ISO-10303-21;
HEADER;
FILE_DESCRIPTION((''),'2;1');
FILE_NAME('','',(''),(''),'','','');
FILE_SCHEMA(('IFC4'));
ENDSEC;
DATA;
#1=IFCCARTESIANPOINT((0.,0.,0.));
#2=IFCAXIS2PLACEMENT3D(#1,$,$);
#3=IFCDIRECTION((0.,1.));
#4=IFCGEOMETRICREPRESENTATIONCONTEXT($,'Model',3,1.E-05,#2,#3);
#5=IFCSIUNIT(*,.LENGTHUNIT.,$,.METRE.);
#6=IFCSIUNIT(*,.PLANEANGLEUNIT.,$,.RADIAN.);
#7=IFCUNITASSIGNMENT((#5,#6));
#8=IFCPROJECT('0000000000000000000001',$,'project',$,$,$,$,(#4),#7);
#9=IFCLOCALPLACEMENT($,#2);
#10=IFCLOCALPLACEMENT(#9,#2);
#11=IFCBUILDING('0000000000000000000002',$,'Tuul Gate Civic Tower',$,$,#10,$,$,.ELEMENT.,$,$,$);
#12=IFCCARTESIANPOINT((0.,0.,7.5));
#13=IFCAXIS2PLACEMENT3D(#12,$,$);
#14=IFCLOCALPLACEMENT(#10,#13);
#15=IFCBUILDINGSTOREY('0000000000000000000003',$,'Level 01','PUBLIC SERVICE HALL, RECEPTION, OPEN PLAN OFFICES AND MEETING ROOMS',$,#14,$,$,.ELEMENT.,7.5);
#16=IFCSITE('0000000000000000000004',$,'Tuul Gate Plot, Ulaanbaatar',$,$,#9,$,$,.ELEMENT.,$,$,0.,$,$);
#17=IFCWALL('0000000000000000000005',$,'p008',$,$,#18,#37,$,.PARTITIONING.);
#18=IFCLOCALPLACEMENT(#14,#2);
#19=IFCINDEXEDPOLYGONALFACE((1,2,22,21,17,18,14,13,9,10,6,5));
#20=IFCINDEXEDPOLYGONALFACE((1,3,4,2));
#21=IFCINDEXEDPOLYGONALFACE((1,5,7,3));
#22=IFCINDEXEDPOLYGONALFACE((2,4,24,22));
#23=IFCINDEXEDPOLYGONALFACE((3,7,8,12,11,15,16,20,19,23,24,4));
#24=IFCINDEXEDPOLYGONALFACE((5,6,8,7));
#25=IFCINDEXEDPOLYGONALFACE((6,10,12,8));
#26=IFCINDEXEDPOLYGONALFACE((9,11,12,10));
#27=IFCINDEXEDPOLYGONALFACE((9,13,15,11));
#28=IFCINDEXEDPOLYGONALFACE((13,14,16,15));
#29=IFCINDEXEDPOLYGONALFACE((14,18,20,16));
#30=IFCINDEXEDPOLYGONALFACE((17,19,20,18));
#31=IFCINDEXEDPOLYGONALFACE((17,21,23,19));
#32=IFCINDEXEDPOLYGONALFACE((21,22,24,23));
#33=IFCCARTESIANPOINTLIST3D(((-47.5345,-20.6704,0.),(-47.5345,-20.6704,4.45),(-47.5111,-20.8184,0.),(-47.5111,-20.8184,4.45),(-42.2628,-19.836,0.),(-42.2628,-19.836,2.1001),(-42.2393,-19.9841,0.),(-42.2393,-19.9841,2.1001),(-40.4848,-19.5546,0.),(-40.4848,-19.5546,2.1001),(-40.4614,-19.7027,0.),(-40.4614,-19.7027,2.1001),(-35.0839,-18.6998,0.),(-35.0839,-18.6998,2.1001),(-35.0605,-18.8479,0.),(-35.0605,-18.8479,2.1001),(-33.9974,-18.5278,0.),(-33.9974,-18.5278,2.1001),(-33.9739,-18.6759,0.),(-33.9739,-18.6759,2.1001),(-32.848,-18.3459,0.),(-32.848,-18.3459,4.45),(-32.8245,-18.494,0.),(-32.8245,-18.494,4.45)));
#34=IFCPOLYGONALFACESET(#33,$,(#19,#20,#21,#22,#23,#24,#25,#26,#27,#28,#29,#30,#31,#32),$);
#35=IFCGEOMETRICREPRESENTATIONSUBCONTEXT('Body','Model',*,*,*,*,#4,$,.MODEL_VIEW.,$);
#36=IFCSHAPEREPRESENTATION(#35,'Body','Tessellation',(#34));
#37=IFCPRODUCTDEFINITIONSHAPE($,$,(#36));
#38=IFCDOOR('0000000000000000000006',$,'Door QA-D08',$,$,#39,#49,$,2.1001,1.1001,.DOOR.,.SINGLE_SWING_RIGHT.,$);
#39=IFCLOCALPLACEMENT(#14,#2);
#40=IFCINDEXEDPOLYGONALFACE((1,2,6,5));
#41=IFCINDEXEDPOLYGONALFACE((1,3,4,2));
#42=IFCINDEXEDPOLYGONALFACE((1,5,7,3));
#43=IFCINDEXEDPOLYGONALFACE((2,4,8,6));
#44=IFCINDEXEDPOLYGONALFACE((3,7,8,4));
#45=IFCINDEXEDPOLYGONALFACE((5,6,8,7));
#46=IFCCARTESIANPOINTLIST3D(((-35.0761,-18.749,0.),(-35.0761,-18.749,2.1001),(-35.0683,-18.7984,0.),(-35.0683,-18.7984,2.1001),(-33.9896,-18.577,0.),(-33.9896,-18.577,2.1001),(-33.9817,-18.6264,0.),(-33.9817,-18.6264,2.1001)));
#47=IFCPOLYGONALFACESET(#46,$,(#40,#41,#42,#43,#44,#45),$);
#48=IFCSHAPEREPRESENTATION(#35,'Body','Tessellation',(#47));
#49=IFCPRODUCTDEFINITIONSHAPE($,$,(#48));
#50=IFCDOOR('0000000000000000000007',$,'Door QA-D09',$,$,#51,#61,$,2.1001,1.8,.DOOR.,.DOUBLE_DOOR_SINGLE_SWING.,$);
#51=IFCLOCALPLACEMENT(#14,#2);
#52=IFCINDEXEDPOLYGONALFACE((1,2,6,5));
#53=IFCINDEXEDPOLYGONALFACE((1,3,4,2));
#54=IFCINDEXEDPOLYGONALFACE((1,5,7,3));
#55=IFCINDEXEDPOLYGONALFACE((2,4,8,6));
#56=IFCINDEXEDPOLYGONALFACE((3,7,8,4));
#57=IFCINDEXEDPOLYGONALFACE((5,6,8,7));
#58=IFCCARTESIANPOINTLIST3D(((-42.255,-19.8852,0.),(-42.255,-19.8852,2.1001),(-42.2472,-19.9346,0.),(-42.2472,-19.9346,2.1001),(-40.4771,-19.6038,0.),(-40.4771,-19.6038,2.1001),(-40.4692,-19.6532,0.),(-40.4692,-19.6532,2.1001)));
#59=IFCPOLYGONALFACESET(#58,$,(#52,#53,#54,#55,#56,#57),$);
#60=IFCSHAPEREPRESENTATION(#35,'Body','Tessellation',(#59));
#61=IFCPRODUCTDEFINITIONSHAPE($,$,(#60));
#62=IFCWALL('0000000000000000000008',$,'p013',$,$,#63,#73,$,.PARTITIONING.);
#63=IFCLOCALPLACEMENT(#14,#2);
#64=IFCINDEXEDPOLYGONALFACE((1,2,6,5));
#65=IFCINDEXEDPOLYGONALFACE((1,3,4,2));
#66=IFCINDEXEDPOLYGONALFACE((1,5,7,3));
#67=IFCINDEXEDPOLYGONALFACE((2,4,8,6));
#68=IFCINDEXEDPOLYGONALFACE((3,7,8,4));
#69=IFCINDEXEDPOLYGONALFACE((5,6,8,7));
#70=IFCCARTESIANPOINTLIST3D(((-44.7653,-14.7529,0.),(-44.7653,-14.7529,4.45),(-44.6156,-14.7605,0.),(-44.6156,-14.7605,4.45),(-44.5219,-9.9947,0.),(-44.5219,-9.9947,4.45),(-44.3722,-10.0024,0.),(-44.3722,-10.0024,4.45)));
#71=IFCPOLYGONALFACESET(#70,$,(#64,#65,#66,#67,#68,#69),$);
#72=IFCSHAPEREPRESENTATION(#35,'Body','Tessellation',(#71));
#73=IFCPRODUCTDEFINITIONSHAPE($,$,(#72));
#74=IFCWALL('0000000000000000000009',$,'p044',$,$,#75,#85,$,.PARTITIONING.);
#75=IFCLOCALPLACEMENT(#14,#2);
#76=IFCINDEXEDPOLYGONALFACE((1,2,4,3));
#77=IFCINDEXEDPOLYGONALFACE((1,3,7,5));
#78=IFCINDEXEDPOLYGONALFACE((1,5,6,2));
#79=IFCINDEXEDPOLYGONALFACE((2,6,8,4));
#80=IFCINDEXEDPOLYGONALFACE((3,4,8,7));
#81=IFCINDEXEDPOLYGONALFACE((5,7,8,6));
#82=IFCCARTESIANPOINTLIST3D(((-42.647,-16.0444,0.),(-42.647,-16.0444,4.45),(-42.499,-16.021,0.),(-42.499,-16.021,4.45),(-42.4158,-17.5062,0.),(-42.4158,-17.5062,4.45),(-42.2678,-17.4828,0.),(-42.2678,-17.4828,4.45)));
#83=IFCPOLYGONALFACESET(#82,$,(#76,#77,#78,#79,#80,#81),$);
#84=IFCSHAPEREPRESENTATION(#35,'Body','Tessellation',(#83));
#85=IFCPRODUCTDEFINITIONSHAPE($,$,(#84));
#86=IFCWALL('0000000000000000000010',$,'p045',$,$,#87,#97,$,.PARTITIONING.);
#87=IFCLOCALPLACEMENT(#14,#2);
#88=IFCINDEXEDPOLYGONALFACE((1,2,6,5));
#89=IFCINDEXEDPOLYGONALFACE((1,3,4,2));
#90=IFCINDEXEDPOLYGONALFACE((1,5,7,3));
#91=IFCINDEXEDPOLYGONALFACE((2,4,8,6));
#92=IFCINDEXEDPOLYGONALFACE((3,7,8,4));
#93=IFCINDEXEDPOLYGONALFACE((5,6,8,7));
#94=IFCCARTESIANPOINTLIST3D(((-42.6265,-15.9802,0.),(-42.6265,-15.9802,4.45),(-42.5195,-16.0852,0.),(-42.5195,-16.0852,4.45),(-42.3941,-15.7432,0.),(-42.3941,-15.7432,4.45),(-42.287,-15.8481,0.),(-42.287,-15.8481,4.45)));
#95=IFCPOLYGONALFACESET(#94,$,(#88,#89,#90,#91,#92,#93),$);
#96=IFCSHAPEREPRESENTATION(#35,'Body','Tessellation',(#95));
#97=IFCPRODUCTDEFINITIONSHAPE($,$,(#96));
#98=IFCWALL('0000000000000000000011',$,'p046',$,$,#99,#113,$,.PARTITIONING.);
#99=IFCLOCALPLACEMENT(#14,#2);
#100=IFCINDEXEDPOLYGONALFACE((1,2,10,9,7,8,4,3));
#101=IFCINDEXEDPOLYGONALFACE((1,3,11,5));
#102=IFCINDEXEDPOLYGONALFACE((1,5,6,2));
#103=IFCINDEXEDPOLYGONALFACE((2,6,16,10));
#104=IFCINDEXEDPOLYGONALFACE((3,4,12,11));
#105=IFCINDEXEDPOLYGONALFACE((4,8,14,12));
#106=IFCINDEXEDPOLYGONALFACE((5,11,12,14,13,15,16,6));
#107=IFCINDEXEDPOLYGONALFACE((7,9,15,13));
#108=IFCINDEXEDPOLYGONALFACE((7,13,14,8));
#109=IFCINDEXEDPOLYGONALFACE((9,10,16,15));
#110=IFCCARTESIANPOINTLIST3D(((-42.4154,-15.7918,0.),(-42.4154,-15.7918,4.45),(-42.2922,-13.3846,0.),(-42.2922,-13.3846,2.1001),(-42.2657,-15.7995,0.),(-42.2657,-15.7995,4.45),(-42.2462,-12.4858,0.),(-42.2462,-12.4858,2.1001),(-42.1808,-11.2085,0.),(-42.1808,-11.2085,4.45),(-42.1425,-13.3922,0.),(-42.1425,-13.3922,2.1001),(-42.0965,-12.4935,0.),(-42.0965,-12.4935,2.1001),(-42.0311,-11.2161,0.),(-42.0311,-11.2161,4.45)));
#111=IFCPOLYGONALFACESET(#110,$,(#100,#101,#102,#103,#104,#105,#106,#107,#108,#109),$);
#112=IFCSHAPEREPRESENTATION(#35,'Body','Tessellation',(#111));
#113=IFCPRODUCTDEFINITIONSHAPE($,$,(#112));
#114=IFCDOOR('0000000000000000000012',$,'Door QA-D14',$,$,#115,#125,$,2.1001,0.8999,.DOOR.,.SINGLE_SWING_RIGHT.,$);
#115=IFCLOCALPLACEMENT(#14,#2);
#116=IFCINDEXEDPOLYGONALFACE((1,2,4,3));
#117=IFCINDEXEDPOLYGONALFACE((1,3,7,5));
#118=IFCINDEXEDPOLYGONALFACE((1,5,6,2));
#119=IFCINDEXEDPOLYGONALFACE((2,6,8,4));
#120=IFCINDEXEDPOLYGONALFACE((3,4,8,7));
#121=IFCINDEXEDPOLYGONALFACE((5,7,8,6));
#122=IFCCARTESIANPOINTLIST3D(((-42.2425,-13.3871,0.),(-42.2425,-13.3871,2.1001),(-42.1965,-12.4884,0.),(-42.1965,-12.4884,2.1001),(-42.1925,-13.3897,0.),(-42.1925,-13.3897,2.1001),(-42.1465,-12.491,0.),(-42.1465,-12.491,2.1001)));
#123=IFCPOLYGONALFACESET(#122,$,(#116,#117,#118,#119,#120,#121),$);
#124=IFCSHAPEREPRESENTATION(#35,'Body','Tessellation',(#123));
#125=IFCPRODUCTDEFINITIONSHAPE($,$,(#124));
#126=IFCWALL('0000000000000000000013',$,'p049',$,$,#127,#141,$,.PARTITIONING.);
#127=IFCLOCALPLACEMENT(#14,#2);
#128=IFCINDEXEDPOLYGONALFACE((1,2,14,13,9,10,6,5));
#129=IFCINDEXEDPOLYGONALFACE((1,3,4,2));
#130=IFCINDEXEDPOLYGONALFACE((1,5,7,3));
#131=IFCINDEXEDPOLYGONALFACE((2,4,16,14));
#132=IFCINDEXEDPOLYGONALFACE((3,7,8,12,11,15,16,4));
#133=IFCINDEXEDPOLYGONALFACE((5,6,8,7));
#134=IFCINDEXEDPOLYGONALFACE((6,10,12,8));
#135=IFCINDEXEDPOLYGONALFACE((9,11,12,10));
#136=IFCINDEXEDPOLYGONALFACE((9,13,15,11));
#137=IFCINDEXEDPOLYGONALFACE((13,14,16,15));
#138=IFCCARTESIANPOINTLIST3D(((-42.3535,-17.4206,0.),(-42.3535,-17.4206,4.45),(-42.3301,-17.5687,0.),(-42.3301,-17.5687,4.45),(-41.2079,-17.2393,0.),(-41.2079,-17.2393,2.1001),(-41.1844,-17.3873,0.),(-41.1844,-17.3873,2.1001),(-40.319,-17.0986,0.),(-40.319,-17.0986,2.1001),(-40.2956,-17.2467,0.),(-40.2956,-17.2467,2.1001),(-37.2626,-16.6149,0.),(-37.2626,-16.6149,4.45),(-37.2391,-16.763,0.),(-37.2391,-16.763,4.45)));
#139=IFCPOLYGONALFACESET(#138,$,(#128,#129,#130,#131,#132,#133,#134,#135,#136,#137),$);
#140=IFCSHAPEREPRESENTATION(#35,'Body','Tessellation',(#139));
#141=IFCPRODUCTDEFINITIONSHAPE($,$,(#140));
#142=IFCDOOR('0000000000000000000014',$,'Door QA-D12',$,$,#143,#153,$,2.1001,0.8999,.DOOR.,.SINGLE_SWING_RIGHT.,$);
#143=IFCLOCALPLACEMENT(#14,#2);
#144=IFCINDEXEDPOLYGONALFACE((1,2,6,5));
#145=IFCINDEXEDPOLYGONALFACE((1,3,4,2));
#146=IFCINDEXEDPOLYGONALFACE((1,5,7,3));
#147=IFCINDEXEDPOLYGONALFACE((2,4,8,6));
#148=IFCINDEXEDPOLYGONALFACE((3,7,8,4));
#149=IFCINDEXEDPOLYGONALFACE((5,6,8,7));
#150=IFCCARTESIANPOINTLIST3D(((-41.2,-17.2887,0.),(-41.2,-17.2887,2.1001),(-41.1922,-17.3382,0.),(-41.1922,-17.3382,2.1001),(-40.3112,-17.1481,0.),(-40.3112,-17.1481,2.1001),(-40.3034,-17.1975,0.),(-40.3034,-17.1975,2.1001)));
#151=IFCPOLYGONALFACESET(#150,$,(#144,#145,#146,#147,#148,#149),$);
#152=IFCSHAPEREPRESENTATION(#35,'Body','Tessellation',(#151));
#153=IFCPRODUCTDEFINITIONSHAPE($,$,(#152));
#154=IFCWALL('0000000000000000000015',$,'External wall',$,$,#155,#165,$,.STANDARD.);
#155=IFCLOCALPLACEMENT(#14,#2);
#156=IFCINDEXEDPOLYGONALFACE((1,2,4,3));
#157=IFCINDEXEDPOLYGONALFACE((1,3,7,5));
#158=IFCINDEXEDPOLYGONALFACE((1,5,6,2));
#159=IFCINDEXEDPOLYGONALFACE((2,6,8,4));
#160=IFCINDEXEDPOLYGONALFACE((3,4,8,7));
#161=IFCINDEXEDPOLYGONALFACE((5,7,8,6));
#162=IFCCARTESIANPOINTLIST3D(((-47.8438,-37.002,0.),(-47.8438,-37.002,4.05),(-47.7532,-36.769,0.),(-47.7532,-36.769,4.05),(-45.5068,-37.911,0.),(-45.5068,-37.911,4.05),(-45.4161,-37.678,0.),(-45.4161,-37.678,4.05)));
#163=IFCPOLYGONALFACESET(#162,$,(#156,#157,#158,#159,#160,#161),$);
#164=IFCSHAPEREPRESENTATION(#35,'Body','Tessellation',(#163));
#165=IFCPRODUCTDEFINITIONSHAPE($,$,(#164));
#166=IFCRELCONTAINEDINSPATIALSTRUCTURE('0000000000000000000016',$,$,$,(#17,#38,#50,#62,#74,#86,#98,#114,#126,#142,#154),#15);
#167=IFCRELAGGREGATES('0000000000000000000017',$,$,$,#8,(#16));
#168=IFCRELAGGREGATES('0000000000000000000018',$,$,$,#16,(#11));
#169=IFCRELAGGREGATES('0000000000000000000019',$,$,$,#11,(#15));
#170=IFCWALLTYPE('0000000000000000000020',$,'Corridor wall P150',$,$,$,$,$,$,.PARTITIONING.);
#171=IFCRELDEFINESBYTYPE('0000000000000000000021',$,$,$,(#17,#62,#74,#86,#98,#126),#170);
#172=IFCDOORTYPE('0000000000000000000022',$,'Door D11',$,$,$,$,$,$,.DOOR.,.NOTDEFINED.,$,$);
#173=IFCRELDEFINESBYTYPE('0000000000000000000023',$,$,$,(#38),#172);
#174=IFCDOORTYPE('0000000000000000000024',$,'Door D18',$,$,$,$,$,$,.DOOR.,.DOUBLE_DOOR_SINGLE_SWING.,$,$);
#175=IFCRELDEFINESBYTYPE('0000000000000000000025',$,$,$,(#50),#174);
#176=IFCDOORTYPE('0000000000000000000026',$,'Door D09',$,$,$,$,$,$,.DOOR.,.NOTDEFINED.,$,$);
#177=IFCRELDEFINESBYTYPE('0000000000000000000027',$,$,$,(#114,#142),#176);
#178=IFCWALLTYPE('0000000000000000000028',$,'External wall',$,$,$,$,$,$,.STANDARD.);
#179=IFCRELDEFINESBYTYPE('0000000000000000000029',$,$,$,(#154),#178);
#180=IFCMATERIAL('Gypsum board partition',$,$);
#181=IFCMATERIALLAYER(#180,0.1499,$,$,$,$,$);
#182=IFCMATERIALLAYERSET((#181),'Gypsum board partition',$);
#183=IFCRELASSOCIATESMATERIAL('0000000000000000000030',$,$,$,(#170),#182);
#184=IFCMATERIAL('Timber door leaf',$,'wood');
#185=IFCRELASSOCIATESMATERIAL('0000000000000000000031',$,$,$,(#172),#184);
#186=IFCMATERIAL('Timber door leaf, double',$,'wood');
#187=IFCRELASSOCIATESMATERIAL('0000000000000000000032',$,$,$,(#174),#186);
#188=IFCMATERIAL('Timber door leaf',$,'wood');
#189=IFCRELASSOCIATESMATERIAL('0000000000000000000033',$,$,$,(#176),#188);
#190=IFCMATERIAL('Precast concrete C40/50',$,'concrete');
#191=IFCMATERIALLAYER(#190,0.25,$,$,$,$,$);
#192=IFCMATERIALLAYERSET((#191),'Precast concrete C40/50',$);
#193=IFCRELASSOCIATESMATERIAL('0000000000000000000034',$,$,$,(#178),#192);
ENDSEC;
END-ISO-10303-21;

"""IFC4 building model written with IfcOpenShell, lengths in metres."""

from ifc_helpers import new_model, si_unit, direction, frame, frame_2d, origin, place, context, subcontext, project, spatial, rectangle, extrude, material, layer, layer_set, type_object, element, fill, save


model = new_model("IFC4")

# Units and contexts
model_context = context("Model", 3, precision=1e-05, world=origin(), true_north=direction((0.0, 1.0)))
body_context = subcontext(model_context, "Body", "Model", "MODEL_VIEW")
ifc_project = project(units=[si_unit("LENGTHUNIT", "METRE"), si_unit("PLANEANGLEUNIT", "RADIAN")], contexts=[model_context])

# Site, building, storey
site_placement = place(None, origin())
site = spatial("IfcSite", under=ifc_project, at=site_placement, Name="Tuul Gate Plot, Ulaanbaatar", CompositionType="ELEMENT", RefElevation=0.0)
building_placement = place(site_placement, origin())
building = spatial("IfcBuilding", under=site, at=building_placement, Name="Tuul Gate Civic Tower", CompositionType="ELEMENT")
storey_placement = place(building_placement, frame((0.0, 0.0, 7.5)))
storey = spatial("IfcBuildingStorey", under=building, at=storey_placement, Name="Level 01", Description="PUBLIC SERVICE HALL, RECEPTION, OPEN PLAN OFFICES AND MEETING ROOMS", CompositionType="ELEMENT", Elevation=7.5)

# Shared definitions
ifc_material_1 = material(Name="Gypsum board partition")
ifc_layer_1 = layer(ifc_material_1, 0.1499)
ifc_layer_set_1 = layer_set([ifc_layer_1], Name="Gypsum board partition")
wall_type_1 = type_object("IfcWallType", Name="Corridor wall P150", PredefinedType="PARTITIONING", material=ifc_layer_set_1)

# Wall, openings, doors
wall_1_placement = place(storey_placement, frame((-47.5227, -20.7444, 0.0), z_axis=(0.0, 0.0, 1.0), x_axis=(0.987706, 0.156326, 0.0)))
wall_1 = element("IfcWall", 1, at=wall_1_placement, inside=storey, type_object=wall_type_1, Name="p008", PredefinedType="PARTITIONING", context=body_context, shape_type="SweptSolid", body=[
    extrude(rectangle(XDim=14.8694, YDim=0.1499, at=frame_2d((7.4346, 0.0))), origin(), (0.0, 0.0, 1.0), 4.45),
])
opening_1_placement = place(wall_1_placement, frame((12.6055, 0.0, 0.0)))
opening_1 = element("IfcOpeningElement", 2, at=opening_1_placement, cuts=wall_1, PredefinedType="OPENING", context=body_context, shape_type="SweptSolid", body=[
    extrude(rectangle(XDim=1.1001, YDim=2.1001, at=frame_2d((0.55, 1.05))), frame((0.0, 0.085, 0.0), z_axis=(0.0, -1.0, 0.0), x_axis=(1.0, 0.0, 0.0)), (0.0, 0.0, 1.0), 0.1699),
])
opening_2_placement = place(wall_1_placement, frame((5.3374, 0.0, 0.0)))
opening_2 = element("IfcOpeningElement", 3, at=opening_2_placement, cuts=wall_1, PredefinedType="OPENING", context=body_context, shape_type="SweptSolid", body=[
    extrude(rectangle(XDim=1.8, YDim=2.1001, at=frame_2d((0.8999, 1.05))), frame((0.0, 0.085, 0.0), z_axis=(0.0, -1.0, 0.0), x_axis=(1.0, 0.0, 0.0)), (0.0, 0.0, 1.0), 0.1699),
])
ifc_material_2 = material(Name="Timber door leaf", Category="wood")
door_type_1 = type_object("IfcDoorType", Name="Door D11", OperationType="NOTDEFINED", PredefinedType="DOOR", material=ifc_material_2)
door_1_placement = place(opening_1_placement, frame((1.1001, 0.0, 0.0), z_axis=(0.0, 0.0, 1.0), x_axis=(-1.0, 0.0, 0.0)))
door_1 = element("IfcDoor", 4, at=door_1_placement, inside=storey, type_object=door_type_1, Name="Door QA-D08", OperationType="SINGLE_SWING_RIGHT", OverallHeight=2.1001, OverallWidth=1.1001, PredefinedType="DOOR", context=body_context, shape_type="SweptSolid", body=[
    extrude(rectangle(XDim=1.1001, YDim=2.1001, at=frame_2d((0.55, 1.05))), frame((0.0, 0.0249, 0.0), z_axis=(0.0, -1.0, 0.0), x_axis=(1.0, 0.0, 0.0)), (0.0, 0.0, 1.0), 0.05),
])
fill(opening_1, door_1)
ifc_material_3 = material(Name="Timber door leaf, double", Category="wood")
door_type_2 = type_object("IfcDoorType", Name="Door D18", OperationType="DOUBLE_DOOR_SINGLE_SWING", PredefinedType="DOOR", material=ifc_material_3)
door_2_placement = place(opening_2_placement, frame((1.8, 0.0, 0.0), z_axis=(0.0, 0.0, 1.0), x_axis=(-1.0, 0.0, 0.0)))
door_2 = element("IfcDoor", 5, at=door_2_placement, inside=storey, type_object=door_type_2, Name="Door QA-D09", OperationType="DOUBLE_DOOR_SINGLE_SWING", OverallHeight=2.1001, OverallWidth=1.8, PredefinedType="DOOR", context=body_context, shape_type="SweptSolid", body=[
    extrude(rectangle(XDim=1.8, YDim=2.1001, at=frame_2d((0.9001, 1.05))), frame((0.0, 0.0249, 0.0), z_axis=(0.0, -1.0, 0.0), x_axis=(1.0, 0.0, 0.0)), (0.0, 0.0, 1.0), 0.05),
])
fill(opening_2, door_2)

# Walls
wall_2_placement = place(storey_placement, frame((-44.6904, -14.7568, 0.0), z_axis=(0.0, 0.0, 1.0), x_axis=(0.051088, 0.998694, 0.0)))
element("IfcWall", 6, at=wall_2_placement, inside=storey, type_object=wall_type_1, Name="p013", PredefinedType="PARTITIONING", context=body_context, shape_type="SweptSolid", body=[
    extrude(rectangle(XDim=4.7644, YDim=0.1499, at=frame_2d((2.3823, 0.0))), origin(), (0.0, 0.0, 1.0), 4.45),
])
wall_3_placement = place(storey_placement, frame((-42.573, -16.0327, 0.0), z_axis=(0.0, 0.0, 1.0), x_axis=(0.156208, -0.987724, 0.0)))
element("IfcWall", 7, at=wall_3_placement, inside=storey, type_object=wall_type_1, Name="p044", PredefinedType="PARTITIONING", context=body_context, shape_type="SweptSolid", body=[
    extrude(rectangle(XDim=1.48, YDim=0.1499, at=frame_2d((0.74, 0.0))), origin(), (0.0, 0.0, 1.0), 4.45),
])
wall_4_placement = place(storey_placement, frame((-42.573, -16.0327, 0.0), z_axis=(0.0, 0.0, 1.0), x_axis=(0.700086, 0.714058, 0.0)))
element("IfcWall", 8, at=wall_4_placement, inside=storey, type_object=wall_type_1, Name="p045", PredefinedType="PARTITIONING", context=body_context, shape_type="SweptSolid", body=[
    extrude(rectangle(XDim=0.332, YDim=0.1499, at=frame_2d((0.166, 0.0))), origin(), (0.0, 0.0, 1.0), 4.45),
])

# Walls, openings, doors
wall_5_placement = place(storey_placement, frame((-42.3406, -15.7957, 0.0), z_axis=(0.0, 0.0, 1.0), x_axis=(0.051124, 0.998692, 0.0)))
wall_5 = element("IfcWall", 9, at=wall_5_placement, inside=storey, type_object=wall_type_1, Name="p046", PredefinedType="PARTITIONING", context=body_context, shape_type="SweptSolid", body=[
    extrude(rectangle(XDim=4.5894, YDim=0.1499, at=frame_2d((2.2947, 0.0))), origin(), (0.0, 0.0, 1.0), 4.45),
])
opening_3_placement = place(wall_5_placement, frame((2.4104, 0.0, 0.0)))
opening_3 = element("IfcOpeningElement", 10, at=opening_3_placement, cuts=wall_5, PredefinedType="OPENING", context=body_context, shape_type="SweptSolid", body=[
    extrude(rectangle(XDim=0.8999, YDim=2.1001, at=frame_2d((0.45, 1.05))), frame((0.0, 0.085, 0.0), z_axis=(0.0, -1.0, 0.0), x_axis=(1.0, 0.0, 0.0)), (0.0, 0.0, 1.0), 0.1699),
])
ifc_material_4 = material(Name="Timber door leaf", Category="wood")
door_type_3 = type_object("IfcDoorType", Name="Door D09", OperationType="NOTDEFINED", PredefinedType="DOOR", material=ifc_material_4)
door_3_placement = place(opening_3_placement, frame((0.8999, 0.0, 0.0), z_axis=(0.0, 0.0, 1.0), x_axis=(-1.0, 0.0, 0.0)))
door_3 = element("IfcDoor", 11, at=door_3_placement, inside=storey, type_object=door_type_3, Name="Door QA-D14", OperationType="SINGLE_SWING_RIGHT", OverallHeight=2.1001, OverallWidth=0.8999, PredefinedType="DOOR", context=body_context, shape_type="SweptSolid", body=[
    extrude(rectangle(XDim=0.8999, YDim=2.1001, at=frame_2d((0.45, 1.05))), frame((0.0, 0.0249, 0.0), z_axis=(0.0, -1.0, 0.0), x_axis=(1.0, 0.0, 0.0)), (0.0, 0.0, 1.0), 0.05),
])
fill(opening_3, door_3)
wall_6_placement = place(storey_placement, frame((-42.3418, -17.4946, 0.0), z_axis=(0.0, 0.0, 1.0), x_axis=(0.987708, 0.156313, 0.0)))
wall_6 = element("IfcWall", 12, at=wall_6_placement, inside=storey, type_object=wall_type_1, Name="p049", PredefinedType="PARTITIONING", context=body_context, shape_type="SweptSolid", body=[
    extrude(rectangle(XDim=5.1543, YDim=0.1499, at=frame_2d((2.5771, 0.0))), origin(), (0.0, 0.0, 1.0), 4.45),
])
opening_4_placement = place(wall_6_placement, frame((1.1599, 0.0, 0.0)))
opening_4 = element("IfcOpeningElement", 13, at=opening_4_placement, cuts=wall_6, PredefinedType="OPENING", context=body_context, shape_type="SweptSolid", body=[
    extrude(rectangle(XDim=0.8999, YDim=2.1001, at=frame_2d((0.45, 1.05))), frame((0.0, 0.085, 0.0), z_axis=(0.0, -1.0, 0.0), x_axis=(1.0, 0.0, 0.0)), (0.0, 0.0, 1.0), 0.1699),
])
door_4_placement = place(opening_4_placement, origin())
door_4 = element("IfcDoor", 14, at=door_4_placement, inside=storey, type_object=door_type_3, Name="Door QA-D12", OperationType="SINGLE_SWING_RIGHT", OverallHeight=2.1001, OverallWidth=0.8999, PredefinedType="DOOR", context=body_context, shape_type="SweptSolid", body=[
    extrude(rectangle(XDim=0.8999, YDim=2.1001, at=frame_2d((0.45, 1.05))), frame((0.0, 0.0249, 0.0), z_axis=(0.0, -1.0, 0.0), x_axis=(1.0, 0.0, 0.0)), (0.0, 0.0, 1.0), 0.05),
])
fill(opening_4, door_4)

# Wall
ifc_material_5 = material(Name="Precast concrete C40/50", Category="concrete")
ifc_layer_2 = layer(ifc_material_5, 0.25)
ifc_layer_set_2 = layer_set([ifc_layer_2], Name="Precast concrete C40/50")
wall_type_2 = type_object("IfcWallType", Name="External wall", PredefinedType="STANDARD", material=ifc_layer_set_2)
wall_7_placement = place(storey_placement, frame((-47.7986, -36.8855, 0.0), z_axis=(0.0, 0.0, 1.0), x_axis=(0.931986, -0.362493, 0.0)))
element("IfcWall", 15, at=wall_7_placement, inside=storey, type_object=wall_type_2, Name="External wall", PredefinedType="STANDARD", context=body_context, shape_type="SweptSolid", body=[
    extrude(rectangle(XDim=2.5076, YDim=0.25, at=frame_2d((1.2539, 0.0))), origin(), (0.0, 0.0, 1.0), 4.05),
])

save(model, "model.ifc")
